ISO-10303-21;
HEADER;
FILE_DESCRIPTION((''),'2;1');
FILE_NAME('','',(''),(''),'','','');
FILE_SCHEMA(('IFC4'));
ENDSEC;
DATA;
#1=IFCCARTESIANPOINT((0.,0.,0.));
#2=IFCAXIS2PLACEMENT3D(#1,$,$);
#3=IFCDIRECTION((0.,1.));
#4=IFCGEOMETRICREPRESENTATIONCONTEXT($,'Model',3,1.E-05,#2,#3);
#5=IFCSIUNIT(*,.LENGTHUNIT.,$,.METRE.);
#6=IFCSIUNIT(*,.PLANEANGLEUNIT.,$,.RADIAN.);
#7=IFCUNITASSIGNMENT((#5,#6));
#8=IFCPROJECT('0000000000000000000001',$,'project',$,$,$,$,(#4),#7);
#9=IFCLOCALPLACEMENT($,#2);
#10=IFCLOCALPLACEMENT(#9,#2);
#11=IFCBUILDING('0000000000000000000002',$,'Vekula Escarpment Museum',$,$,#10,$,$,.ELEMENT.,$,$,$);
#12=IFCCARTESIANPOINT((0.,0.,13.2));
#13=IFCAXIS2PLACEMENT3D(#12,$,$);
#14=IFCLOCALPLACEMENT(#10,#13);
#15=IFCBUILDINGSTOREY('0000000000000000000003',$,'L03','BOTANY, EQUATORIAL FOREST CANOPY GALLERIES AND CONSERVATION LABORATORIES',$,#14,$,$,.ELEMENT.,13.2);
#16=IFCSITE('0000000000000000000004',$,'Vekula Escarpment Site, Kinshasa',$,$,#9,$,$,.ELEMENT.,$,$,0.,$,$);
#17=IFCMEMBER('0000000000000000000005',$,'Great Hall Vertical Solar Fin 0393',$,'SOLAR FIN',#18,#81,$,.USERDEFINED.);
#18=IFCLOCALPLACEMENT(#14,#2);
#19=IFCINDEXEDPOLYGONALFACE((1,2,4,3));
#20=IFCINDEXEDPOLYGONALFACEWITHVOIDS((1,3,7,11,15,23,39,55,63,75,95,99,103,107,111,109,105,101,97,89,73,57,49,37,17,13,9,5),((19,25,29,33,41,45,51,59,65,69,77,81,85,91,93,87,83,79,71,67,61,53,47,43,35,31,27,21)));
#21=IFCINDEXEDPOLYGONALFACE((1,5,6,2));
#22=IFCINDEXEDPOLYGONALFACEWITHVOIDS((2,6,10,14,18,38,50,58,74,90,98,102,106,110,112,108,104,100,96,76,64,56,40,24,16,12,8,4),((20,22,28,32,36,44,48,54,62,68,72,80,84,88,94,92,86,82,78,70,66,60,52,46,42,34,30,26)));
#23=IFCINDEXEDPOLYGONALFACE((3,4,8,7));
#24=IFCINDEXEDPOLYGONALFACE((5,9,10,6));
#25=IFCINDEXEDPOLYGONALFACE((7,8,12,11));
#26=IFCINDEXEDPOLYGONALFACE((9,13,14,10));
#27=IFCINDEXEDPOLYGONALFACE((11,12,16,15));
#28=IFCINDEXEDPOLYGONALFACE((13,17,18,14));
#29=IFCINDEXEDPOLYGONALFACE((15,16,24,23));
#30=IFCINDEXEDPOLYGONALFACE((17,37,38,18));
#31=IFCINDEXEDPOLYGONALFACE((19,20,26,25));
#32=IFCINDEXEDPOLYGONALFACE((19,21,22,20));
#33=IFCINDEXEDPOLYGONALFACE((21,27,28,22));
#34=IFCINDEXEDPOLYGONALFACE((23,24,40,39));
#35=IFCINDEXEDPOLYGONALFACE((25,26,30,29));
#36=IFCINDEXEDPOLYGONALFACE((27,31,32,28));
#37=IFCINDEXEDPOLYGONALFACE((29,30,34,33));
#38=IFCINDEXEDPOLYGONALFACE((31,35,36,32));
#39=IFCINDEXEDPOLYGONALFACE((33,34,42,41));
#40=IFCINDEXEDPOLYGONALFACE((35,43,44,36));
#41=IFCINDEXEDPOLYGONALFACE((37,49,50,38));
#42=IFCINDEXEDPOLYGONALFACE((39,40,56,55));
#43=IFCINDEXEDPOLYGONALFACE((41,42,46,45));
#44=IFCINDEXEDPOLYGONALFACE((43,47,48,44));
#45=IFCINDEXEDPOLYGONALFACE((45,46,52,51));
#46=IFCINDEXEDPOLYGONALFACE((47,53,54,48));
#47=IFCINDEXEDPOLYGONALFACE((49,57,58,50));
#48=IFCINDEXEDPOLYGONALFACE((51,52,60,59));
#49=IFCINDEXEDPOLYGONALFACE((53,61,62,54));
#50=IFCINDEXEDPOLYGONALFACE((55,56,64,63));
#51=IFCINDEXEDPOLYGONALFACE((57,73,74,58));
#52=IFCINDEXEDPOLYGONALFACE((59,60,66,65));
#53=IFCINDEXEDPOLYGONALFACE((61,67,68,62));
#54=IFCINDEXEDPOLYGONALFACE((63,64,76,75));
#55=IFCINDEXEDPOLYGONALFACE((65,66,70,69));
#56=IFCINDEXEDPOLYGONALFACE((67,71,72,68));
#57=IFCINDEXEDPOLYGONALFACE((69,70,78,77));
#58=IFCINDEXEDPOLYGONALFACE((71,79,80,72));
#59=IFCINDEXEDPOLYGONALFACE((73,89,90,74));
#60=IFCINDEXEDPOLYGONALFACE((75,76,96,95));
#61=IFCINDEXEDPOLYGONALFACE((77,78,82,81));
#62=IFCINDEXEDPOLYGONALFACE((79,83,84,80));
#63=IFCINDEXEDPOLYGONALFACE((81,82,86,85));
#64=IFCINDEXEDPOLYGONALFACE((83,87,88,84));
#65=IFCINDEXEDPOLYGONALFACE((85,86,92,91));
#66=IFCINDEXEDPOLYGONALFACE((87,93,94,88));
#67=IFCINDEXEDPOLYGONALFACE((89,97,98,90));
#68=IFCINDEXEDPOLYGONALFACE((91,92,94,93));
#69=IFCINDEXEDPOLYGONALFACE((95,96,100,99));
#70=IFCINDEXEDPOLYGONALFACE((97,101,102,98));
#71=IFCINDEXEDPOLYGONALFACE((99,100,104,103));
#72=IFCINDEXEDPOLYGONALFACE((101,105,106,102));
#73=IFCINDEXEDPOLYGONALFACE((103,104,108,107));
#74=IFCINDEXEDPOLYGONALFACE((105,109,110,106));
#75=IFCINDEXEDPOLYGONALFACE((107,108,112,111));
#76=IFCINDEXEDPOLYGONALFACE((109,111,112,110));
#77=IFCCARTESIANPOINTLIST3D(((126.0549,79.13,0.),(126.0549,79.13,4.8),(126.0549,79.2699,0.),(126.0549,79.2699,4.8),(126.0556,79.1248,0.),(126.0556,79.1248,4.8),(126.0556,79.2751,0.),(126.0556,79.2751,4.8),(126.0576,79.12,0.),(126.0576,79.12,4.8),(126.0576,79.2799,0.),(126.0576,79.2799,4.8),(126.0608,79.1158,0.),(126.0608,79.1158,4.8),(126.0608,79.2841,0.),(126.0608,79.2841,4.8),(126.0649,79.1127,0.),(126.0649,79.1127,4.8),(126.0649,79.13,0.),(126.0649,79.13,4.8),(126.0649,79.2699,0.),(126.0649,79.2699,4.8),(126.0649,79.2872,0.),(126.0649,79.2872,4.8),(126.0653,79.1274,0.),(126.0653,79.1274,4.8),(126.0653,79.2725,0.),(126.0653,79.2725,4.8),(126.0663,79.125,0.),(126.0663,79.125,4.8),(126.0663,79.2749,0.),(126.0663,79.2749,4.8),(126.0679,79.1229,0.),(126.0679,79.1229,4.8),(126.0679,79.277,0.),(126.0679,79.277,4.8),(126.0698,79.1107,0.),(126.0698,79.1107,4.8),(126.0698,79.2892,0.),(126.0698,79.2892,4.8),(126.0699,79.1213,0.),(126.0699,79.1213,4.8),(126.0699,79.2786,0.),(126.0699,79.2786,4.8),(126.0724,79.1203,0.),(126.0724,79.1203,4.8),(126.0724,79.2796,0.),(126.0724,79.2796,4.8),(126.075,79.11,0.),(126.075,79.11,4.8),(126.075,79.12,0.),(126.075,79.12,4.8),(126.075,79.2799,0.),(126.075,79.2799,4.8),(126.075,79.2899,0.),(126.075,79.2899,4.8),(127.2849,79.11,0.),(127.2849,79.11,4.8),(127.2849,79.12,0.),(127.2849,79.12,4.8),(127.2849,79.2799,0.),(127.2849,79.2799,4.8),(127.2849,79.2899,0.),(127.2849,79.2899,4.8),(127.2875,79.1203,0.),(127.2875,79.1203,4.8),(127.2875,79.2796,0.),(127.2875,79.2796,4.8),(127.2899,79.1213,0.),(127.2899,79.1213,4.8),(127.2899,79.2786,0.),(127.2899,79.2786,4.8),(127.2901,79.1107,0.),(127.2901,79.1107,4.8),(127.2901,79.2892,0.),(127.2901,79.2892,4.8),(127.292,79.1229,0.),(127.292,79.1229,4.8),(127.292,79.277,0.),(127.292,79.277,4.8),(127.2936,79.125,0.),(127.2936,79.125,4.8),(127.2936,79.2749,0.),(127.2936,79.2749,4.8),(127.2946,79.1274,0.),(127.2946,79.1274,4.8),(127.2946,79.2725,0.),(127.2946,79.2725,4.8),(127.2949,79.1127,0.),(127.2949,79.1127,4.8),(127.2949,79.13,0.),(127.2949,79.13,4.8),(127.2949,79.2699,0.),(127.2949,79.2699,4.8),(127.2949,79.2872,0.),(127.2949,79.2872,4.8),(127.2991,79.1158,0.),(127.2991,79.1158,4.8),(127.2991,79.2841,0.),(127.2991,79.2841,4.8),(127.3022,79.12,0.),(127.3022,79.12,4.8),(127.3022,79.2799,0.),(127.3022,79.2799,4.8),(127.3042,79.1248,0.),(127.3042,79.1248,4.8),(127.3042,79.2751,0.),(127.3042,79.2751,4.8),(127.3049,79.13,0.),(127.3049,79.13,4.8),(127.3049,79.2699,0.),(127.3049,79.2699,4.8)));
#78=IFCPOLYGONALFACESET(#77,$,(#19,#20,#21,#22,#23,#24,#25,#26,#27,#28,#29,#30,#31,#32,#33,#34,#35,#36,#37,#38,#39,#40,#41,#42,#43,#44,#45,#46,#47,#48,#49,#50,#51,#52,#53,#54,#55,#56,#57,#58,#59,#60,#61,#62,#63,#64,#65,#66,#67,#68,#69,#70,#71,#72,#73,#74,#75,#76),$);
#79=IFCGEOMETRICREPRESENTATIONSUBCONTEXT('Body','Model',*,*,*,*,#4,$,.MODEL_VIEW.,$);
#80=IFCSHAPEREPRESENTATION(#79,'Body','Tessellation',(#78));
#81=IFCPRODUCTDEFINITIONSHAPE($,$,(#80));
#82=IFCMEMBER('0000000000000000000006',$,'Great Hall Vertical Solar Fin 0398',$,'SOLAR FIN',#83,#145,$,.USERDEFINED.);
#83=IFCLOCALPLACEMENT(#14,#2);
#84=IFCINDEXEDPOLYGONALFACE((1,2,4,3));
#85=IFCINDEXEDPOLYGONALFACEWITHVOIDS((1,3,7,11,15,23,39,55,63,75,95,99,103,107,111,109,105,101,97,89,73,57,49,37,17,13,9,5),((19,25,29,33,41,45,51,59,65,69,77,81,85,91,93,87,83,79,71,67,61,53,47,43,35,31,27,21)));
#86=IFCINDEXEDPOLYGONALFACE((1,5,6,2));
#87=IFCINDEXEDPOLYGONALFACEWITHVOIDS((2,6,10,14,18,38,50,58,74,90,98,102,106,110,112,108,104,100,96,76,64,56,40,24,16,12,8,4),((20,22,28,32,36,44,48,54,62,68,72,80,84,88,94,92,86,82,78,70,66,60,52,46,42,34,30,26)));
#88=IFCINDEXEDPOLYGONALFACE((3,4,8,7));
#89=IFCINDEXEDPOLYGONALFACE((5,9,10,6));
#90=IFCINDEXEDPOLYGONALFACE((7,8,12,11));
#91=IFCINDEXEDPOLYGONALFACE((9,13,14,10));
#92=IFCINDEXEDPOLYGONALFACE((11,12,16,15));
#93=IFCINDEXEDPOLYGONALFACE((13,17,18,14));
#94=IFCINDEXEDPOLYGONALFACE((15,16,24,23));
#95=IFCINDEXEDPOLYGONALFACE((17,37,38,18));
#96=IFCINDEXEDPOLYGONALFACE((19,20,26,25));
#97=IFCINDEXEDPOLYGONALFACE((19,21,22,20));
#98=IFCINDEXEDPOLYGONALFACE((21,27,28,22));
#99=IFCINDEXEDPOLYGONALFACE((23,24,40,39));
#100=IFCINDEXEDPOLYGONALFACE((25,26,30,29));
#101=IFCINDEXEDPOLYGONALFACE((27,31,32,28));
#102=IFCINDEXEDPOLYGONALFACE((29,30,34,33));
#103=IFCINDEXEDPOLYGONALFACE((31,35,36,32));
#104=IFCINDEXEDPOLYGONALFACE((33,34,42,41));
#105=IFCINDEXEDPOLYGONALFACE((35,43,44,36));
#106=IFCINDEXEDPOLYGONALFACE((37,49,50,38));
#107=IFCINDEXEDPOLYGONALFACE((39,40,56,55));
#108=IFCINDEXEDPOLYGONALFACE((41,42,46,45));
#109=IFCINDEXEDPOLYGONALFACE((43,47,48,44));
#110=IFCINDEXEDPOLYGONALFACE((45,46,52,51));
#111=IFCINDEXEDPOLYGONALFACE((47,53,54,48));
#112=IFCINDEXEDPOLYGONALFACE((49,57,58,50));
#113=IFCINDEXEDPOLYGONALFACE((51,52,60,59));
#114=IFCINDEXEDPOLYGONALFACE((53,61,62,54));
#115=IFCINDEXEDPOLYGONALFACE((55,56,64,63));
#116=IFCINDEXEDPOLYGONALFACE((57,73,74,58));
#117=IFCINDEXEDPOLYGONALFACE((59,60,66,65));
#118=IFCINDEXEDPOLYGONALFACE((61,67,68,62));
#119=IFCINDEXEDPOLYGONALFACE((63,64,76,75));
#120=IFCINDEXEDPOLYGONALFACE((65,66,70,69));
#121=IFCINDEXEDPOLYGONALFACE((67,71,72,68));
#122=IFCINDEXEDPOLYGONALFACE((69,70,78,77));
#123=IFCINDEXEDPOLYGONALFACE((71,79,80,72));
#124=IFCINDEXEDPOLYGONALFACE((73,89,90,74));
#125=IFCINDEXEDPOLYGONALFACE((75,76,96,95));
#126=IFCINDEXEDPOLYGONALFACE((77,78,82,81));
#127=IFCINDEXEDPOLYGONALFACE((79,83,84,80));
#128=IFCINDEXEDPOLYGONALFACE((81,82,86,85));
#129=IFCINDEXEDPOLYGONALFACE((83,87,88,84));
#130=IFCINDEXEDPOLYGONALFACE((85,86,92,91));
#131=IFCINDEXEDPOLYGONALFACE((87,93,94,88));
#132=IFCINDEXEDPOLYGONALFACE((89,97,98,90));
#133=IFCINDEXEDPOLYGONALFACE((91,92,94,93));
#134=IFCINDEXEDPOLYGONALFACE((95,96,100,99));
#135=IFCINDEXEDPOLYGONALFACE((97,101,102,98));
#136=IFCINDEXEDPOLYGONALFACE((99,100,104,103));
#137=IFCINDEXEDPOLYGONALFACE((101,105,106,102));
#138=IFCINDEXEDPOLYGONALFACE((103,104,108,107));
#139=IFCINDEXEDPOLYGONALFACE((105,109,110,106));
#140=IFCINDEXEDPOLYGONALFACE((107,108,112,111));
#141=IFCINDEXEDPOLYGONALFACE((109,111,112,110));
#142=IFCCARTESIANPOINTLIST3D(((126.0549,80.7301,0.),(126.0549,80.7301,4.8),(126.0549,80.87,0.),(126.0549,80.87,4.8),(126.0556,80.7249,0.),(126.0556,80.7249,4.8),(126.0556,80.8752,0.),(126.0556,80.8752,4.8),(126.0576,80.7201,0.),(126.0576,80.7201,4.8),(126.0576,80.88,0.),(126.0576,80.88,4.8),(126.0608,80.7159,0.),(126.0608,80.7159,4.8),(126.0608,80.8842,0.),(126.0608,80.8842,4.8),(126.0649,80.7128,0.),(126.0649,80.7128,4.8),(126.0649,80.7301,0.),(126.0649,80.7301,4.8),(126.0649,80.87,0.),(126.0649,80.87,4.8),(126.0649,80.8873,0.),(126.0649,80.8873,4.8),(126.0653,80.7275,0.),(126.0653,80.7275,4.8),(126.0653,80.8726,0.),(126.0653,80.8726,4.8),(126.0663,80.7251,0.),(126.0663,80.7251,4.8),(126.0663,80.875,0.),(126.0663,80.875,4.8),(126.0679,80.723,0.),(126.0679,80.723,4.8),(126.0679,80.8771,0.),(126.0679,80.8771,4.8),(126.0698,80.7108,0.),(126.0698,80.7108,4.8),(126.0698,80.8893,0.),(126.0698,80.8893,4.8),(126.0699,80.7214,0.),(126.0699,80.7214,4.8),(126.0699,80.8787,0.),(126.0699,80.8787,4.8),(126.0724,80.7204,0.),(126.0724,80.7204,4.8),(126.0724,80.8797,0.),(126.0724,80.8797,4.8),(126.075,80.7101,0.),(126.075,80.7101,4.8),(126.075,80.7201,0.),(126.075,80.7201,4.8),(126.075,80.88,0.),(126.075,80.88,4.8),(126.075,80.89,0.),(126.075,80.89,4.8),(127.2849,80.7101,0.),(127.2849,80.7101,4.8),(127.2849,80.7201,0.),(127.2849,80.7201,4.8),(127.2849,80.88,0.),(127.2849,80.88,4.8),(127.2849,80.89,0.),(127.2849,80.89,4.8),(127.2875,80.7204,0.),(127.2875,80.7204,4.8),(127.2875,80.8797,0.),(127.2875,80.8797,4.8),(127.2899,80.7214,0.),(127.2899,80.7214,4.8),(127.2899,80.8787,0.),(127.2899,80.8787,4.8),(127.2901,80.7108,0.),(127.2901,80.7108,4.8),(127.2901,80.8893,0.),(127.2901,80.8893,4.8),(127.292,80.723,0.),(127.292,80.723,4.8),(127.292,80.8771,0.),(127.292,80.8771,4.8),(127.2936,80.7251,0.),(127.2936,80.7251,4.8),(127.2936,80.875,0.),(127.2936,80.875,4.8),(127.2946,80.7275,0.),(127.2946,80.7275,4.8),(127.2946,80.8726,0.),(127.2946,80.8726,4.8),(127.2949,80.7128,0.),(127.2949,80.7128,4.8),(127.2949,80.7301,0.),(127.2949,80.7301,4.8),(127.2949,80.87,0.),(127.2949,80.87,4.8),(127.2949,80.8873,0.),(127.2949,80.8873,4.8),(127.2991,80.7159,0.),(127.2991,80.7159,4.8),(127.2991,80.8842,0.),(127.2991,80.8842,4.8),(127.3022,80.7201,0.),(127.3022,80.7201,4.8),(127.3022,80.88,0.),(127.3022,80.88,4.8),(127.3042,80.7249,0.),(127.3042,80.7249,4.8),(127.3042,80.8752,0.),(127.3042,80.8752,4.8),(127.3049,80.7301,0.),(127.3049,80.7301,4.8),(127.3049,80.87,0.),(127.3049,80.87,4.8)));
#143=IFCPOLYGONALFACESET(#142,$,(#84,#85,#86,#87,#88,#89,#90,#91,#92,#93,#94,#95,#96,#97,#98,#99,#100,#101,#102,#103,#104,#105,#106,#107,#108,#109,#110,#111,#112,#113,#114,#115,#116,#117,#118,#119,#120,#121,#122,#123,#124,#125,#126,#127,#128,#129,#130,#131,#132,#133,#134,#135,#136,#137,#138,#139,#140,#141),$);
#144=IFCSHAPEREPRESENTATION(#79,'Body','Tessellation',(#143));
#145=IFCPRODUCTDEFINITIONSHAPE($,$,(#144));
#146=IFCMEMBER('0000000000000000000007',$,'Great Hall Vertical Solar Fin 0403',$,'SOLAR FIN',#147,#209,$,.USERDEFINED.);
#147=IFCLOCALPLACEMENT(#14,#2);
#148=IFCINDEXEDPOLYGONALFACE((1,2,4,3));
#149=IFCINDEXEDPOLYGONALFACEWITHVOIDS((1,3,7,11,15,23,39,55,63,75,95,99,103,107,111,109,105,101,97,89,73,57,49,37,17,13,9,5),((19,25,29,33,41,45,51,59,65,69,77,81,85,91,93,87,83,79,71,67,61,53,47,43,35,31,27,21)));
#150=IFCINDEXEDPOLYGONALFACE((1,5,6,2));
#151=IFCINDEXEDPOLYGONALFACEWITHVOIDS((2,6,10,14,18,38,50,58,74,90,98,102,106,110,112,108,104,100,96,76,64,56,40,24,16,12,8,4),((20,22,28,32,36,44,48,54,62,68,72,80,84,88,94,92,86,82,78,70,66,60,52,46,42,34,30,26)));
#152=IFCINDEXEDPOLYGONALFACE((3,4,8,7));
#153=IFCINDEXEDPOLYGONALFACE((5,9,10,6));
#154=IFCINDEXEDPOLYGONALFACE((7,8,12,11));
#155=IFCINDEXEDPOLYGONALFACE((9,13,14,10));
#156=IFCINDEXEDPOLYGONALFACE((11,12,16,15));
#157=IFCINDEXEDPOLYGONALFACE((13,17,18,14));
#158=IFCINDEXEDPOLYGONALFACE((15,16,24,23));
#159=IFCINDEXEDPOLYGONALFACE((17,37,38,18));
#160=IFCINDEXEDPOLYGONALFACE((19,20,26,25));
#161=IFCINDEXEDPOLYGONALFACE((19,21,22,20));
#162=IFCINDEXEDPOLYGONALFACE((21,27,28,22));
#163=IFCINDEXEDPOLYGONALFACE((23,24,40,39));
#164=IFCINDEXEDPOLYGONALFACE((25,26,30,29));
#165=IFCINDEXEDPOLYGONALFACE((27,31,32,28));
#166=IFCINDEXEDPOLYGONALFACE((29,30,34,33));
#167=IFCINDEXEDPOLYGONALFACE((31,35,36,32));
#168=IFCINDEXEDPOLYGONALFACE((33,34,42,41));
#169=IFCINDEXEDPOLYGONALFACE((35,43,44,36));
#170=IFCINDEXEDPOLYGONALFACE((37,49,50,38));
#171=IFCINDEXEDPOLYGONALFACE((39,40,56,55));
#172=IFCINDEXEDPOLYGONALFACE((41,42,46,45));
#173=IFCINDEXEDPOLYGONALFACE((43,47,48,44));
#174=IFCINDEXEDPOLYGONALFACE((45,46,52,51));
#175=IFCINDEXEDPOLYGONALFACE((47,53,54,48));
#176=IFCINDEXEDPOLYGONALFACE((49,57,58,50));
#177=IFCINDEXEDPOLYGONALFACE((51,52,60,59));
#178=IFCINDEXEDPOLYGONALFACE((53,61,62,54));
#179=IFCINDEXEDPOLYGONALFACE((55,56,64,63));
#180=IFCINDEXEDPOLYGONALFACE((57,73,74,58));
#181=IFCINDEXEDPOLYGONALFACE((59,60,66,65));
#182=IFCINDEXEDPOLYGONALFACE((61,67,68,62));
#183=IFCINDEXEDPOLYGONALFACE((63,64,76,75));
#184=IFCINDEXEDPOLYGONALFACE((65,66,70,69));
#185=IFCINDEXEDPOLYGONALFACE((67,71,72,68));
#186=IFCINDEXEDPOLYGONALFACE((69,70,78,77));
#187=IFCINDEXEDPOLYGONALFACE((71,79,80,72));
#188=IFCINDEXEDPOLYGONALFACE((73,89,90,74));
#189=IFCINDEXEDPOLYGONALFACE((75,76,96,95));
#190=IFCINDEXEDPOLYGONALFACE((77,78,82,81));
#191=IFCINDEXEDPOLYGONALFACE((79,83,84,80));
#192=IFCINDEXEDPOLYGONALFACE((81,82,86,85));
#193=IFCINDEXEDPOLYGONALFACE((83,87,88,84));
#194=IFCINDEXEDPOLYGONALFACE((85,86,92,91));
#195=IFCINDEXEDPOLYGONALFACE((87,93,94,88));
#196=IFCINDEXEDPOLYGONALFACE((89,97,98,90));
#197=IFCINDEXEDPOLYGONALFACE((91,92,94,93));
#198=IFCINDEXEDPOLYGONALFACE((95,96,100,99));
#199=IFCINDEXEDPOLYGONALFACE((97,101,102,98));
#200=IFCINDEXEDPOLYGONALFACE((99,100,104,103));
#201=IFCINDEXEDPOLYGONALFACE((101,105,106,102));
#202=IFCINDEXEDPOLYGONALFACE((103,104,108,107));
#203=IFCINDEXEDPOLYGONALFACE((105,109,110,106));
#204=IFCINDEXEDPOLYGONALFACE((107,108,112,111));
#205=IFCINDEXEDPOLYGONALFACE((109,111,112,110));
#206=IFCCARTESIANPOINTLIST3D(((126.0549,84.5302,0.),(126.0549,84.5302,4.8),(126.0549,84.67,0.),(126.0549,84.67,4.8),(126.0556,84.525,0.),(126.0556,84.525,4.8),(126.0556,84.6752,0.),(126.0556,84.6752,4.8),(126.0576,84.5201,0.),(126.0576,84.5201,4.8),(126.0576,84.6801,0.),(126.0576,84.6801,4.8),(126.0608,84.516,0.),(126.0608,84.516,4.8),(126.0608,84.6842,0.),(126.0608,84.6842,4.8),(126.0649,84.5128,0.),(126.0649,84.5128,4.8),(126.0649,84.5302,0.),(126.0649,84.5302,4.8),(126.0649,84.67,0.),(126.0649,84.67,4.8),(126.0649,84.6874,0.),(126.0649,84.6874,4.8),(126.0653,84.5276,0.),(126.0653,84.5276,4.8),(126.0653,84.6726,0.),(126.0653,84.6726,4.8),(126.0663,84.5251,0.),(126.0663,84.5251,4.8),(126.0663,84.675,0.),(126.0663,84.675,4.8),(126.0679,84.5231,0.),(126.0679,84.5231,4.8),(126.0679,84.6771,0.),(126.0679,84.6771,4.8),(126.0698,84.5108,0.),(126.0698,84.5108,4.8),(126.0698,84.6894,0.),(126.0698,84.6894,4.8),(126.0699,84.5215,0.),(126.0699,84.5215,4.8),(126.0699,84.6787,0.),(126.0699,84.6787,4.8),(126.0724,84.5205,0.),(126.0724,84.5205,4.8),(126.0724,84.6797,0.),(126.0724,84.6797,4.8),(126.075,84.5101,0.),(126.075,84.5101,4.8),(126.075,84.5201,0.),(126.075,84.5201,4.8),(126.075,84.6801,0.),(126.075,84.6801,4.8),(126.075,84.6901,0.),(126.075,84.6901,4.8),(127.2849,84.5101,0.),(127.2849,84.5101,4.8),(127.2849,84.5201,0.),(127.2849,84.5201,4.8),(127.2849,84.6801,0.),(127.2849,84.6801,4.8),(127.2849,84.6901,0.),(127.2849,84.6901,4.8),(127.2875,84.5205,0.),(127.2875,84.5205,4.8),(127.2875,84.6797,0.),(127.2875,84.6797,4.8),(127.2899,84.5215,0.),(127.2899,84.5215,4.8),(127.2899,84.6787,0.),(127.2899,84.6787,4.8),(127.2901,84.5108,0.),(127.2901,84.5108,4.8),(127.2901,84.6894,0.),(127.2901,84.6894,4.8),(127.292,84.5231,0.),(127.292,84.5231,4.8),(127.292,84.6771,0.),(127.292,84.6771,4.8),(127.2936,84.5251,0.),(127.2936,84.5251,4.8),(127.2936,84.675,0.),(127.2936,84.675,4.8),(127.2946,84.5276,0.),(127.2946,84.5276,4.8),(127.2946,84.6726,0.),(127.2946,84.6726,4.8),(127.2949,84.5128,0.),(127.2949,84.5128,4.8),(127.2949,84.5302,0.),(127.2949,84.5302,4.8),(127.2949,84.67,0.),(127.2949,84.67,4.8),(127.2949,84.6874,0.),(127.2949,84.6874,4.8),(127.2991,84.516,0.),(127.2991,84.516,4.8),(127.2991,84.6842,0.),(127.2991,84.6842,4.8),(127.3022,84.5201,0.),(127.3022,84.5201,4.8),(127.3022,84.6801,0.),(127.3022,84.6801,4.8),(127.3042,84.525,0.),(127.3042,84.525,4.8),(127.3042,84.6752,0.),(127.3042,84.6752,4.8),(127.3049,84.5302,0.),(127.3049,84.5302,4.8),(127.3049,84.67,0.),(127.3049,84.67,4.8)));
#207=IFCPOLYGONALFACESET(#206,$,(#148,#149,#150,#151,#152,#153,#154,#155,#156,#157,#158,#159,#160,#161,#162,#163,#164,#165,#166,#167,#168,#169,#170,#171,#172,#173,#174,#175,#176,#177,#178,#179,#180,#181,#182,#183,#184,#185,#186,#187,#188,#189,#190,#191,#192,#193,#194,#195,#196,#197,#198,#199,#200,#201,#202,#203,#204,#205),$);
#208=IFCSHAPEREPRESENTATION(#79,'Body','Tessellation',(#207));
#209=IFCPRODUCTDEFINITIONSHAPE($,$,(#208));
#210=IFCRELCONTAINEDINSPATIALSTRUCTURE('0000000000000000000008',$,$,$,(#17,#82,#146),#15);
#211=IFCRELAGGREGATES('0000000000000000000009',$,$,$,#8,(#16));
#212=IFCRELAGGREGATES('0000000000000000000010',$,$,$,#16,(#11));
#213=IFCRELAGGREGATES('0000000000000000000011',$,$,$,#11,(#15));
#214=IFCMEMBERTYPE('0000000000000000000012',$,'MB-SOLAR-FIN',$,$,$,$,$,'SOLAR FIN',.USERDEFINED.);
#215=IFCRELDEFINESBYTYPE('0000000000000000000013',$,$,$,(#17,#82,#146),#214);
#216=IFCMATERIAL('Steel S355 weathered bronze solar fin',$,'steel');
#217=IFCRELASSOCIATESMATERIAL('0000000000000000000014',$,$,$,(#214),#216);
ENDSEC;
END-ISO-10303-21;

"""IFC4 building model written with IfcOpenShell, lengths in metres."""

from ifc_helpers import new_model, si_unit, direction, frame, origin, origin_2d, place, context, subcontext, project, spatial, hollow_rectangle, extrude, material, material_profile, profile_set, type_object, element, save


model = new_model("IFC4")

# Units and contexts
model_context = context("Model", 3, precision=1e-05, world=origin(), true_north=direction((0.0, 1.0)))
body_context = subcontext(model_context, "Body", "Model", "MODEL_VIEW")
ifc_project = project(units=[si_unit("LENGTHUNIT", "METRE"), si_unit("PLANEANGLEUNIT", "RADIAN")], contexts=[model_context])

# Site, building, storey
site_placement = place(None, origin())
site = spatial("IfcSite", under=ifc_project, at=site_placement, Name="Vekula Escarpment Site, Kinshasa", CompositionType="ELEMENT", RefElevation=0.0)
building_placement = place(site_placement, origin())
building = spatial("IfcBuilding", under=site, at=building_placement, Name="Vekula Escarpment Museum", CompositionType="ELEMENT")
storey_placement = place(building_placement, frame((0.0, 0.0, 13.2)))
storey = spatial("IfcBuildingStorey", under=building, at=storey_placement, Name="L03", Description="BOTANY, EQUATORIAL FOREST CANOPY GALLERIES AND CONSERVATION LABORATORIES", CompositionType="ELEMENT", Elevation=13.2)

# Members
ifc_material_1 = material(Name="Steel S355 weathered bronze solar fin", Category="steel")
ifc_material_profile_1 = material_profile(ifc_material_1, hollow_rectangle(XDim=0.1799, YDim=1.25, WallThickness=0.01, InnerFilletRadius=0.01, OuterFilletRadius=0.02, at=origin_2d()), Name="RHS 1250x180x10")
ifc_profile_set_1 = profile_set([ifc_material_profile_1], Name="Steel S355 weathered bronze solar fin")
member_type_1 = type_object("IfcMemberType", Name="MB-SOLAR-FIN", ElementType="SOLAR FIN", PredefinedType="USERDEFINED", material=ifc_profile_set_1)
for number, where, z_axis, x_axis, name in (
    (1, (126.6799, 79.2, 0.0), (0.0, 0.0, 1.0), (0.0, 1.0, 0.0), "Great Hall Vertical Solar Fin 0393"),
    (2, (126.6799, 80.8, 0.0), (0.0, 0.0, 1.0), (0.0, 1.0, 0.0), "Great Hall Vertical Solar Fin 0398"),
    (3, (126.6799, 84.6001, 0.0), (0.0, 0.0, 1.0), (0.0, 1.0, 0.0), "Great Hall Vertical Solar Fin 0403"),
):
    element("IfcMember", number, at=place(storey_placement, frame(where, z_axis=z_axis, x_axis=x_axis)), inside=storey, type_object=member_type_1, Name=name, ObjectType="SOLAR FIN", PredefinedType="USERDEFINED", context=body_context, shape_type="SweptSolid", body=[
        extrude(hollow_rectangle(XDim=0.1799, YDim=1.25, WallThickness=0.01, InnerFilletRadius=0.01, OuterFilletRadius=0.02, at=origin_2d()), origin(), (0.0, 0.0, 1.0), 4.8),
    ])

save(model, "model.ifc")
